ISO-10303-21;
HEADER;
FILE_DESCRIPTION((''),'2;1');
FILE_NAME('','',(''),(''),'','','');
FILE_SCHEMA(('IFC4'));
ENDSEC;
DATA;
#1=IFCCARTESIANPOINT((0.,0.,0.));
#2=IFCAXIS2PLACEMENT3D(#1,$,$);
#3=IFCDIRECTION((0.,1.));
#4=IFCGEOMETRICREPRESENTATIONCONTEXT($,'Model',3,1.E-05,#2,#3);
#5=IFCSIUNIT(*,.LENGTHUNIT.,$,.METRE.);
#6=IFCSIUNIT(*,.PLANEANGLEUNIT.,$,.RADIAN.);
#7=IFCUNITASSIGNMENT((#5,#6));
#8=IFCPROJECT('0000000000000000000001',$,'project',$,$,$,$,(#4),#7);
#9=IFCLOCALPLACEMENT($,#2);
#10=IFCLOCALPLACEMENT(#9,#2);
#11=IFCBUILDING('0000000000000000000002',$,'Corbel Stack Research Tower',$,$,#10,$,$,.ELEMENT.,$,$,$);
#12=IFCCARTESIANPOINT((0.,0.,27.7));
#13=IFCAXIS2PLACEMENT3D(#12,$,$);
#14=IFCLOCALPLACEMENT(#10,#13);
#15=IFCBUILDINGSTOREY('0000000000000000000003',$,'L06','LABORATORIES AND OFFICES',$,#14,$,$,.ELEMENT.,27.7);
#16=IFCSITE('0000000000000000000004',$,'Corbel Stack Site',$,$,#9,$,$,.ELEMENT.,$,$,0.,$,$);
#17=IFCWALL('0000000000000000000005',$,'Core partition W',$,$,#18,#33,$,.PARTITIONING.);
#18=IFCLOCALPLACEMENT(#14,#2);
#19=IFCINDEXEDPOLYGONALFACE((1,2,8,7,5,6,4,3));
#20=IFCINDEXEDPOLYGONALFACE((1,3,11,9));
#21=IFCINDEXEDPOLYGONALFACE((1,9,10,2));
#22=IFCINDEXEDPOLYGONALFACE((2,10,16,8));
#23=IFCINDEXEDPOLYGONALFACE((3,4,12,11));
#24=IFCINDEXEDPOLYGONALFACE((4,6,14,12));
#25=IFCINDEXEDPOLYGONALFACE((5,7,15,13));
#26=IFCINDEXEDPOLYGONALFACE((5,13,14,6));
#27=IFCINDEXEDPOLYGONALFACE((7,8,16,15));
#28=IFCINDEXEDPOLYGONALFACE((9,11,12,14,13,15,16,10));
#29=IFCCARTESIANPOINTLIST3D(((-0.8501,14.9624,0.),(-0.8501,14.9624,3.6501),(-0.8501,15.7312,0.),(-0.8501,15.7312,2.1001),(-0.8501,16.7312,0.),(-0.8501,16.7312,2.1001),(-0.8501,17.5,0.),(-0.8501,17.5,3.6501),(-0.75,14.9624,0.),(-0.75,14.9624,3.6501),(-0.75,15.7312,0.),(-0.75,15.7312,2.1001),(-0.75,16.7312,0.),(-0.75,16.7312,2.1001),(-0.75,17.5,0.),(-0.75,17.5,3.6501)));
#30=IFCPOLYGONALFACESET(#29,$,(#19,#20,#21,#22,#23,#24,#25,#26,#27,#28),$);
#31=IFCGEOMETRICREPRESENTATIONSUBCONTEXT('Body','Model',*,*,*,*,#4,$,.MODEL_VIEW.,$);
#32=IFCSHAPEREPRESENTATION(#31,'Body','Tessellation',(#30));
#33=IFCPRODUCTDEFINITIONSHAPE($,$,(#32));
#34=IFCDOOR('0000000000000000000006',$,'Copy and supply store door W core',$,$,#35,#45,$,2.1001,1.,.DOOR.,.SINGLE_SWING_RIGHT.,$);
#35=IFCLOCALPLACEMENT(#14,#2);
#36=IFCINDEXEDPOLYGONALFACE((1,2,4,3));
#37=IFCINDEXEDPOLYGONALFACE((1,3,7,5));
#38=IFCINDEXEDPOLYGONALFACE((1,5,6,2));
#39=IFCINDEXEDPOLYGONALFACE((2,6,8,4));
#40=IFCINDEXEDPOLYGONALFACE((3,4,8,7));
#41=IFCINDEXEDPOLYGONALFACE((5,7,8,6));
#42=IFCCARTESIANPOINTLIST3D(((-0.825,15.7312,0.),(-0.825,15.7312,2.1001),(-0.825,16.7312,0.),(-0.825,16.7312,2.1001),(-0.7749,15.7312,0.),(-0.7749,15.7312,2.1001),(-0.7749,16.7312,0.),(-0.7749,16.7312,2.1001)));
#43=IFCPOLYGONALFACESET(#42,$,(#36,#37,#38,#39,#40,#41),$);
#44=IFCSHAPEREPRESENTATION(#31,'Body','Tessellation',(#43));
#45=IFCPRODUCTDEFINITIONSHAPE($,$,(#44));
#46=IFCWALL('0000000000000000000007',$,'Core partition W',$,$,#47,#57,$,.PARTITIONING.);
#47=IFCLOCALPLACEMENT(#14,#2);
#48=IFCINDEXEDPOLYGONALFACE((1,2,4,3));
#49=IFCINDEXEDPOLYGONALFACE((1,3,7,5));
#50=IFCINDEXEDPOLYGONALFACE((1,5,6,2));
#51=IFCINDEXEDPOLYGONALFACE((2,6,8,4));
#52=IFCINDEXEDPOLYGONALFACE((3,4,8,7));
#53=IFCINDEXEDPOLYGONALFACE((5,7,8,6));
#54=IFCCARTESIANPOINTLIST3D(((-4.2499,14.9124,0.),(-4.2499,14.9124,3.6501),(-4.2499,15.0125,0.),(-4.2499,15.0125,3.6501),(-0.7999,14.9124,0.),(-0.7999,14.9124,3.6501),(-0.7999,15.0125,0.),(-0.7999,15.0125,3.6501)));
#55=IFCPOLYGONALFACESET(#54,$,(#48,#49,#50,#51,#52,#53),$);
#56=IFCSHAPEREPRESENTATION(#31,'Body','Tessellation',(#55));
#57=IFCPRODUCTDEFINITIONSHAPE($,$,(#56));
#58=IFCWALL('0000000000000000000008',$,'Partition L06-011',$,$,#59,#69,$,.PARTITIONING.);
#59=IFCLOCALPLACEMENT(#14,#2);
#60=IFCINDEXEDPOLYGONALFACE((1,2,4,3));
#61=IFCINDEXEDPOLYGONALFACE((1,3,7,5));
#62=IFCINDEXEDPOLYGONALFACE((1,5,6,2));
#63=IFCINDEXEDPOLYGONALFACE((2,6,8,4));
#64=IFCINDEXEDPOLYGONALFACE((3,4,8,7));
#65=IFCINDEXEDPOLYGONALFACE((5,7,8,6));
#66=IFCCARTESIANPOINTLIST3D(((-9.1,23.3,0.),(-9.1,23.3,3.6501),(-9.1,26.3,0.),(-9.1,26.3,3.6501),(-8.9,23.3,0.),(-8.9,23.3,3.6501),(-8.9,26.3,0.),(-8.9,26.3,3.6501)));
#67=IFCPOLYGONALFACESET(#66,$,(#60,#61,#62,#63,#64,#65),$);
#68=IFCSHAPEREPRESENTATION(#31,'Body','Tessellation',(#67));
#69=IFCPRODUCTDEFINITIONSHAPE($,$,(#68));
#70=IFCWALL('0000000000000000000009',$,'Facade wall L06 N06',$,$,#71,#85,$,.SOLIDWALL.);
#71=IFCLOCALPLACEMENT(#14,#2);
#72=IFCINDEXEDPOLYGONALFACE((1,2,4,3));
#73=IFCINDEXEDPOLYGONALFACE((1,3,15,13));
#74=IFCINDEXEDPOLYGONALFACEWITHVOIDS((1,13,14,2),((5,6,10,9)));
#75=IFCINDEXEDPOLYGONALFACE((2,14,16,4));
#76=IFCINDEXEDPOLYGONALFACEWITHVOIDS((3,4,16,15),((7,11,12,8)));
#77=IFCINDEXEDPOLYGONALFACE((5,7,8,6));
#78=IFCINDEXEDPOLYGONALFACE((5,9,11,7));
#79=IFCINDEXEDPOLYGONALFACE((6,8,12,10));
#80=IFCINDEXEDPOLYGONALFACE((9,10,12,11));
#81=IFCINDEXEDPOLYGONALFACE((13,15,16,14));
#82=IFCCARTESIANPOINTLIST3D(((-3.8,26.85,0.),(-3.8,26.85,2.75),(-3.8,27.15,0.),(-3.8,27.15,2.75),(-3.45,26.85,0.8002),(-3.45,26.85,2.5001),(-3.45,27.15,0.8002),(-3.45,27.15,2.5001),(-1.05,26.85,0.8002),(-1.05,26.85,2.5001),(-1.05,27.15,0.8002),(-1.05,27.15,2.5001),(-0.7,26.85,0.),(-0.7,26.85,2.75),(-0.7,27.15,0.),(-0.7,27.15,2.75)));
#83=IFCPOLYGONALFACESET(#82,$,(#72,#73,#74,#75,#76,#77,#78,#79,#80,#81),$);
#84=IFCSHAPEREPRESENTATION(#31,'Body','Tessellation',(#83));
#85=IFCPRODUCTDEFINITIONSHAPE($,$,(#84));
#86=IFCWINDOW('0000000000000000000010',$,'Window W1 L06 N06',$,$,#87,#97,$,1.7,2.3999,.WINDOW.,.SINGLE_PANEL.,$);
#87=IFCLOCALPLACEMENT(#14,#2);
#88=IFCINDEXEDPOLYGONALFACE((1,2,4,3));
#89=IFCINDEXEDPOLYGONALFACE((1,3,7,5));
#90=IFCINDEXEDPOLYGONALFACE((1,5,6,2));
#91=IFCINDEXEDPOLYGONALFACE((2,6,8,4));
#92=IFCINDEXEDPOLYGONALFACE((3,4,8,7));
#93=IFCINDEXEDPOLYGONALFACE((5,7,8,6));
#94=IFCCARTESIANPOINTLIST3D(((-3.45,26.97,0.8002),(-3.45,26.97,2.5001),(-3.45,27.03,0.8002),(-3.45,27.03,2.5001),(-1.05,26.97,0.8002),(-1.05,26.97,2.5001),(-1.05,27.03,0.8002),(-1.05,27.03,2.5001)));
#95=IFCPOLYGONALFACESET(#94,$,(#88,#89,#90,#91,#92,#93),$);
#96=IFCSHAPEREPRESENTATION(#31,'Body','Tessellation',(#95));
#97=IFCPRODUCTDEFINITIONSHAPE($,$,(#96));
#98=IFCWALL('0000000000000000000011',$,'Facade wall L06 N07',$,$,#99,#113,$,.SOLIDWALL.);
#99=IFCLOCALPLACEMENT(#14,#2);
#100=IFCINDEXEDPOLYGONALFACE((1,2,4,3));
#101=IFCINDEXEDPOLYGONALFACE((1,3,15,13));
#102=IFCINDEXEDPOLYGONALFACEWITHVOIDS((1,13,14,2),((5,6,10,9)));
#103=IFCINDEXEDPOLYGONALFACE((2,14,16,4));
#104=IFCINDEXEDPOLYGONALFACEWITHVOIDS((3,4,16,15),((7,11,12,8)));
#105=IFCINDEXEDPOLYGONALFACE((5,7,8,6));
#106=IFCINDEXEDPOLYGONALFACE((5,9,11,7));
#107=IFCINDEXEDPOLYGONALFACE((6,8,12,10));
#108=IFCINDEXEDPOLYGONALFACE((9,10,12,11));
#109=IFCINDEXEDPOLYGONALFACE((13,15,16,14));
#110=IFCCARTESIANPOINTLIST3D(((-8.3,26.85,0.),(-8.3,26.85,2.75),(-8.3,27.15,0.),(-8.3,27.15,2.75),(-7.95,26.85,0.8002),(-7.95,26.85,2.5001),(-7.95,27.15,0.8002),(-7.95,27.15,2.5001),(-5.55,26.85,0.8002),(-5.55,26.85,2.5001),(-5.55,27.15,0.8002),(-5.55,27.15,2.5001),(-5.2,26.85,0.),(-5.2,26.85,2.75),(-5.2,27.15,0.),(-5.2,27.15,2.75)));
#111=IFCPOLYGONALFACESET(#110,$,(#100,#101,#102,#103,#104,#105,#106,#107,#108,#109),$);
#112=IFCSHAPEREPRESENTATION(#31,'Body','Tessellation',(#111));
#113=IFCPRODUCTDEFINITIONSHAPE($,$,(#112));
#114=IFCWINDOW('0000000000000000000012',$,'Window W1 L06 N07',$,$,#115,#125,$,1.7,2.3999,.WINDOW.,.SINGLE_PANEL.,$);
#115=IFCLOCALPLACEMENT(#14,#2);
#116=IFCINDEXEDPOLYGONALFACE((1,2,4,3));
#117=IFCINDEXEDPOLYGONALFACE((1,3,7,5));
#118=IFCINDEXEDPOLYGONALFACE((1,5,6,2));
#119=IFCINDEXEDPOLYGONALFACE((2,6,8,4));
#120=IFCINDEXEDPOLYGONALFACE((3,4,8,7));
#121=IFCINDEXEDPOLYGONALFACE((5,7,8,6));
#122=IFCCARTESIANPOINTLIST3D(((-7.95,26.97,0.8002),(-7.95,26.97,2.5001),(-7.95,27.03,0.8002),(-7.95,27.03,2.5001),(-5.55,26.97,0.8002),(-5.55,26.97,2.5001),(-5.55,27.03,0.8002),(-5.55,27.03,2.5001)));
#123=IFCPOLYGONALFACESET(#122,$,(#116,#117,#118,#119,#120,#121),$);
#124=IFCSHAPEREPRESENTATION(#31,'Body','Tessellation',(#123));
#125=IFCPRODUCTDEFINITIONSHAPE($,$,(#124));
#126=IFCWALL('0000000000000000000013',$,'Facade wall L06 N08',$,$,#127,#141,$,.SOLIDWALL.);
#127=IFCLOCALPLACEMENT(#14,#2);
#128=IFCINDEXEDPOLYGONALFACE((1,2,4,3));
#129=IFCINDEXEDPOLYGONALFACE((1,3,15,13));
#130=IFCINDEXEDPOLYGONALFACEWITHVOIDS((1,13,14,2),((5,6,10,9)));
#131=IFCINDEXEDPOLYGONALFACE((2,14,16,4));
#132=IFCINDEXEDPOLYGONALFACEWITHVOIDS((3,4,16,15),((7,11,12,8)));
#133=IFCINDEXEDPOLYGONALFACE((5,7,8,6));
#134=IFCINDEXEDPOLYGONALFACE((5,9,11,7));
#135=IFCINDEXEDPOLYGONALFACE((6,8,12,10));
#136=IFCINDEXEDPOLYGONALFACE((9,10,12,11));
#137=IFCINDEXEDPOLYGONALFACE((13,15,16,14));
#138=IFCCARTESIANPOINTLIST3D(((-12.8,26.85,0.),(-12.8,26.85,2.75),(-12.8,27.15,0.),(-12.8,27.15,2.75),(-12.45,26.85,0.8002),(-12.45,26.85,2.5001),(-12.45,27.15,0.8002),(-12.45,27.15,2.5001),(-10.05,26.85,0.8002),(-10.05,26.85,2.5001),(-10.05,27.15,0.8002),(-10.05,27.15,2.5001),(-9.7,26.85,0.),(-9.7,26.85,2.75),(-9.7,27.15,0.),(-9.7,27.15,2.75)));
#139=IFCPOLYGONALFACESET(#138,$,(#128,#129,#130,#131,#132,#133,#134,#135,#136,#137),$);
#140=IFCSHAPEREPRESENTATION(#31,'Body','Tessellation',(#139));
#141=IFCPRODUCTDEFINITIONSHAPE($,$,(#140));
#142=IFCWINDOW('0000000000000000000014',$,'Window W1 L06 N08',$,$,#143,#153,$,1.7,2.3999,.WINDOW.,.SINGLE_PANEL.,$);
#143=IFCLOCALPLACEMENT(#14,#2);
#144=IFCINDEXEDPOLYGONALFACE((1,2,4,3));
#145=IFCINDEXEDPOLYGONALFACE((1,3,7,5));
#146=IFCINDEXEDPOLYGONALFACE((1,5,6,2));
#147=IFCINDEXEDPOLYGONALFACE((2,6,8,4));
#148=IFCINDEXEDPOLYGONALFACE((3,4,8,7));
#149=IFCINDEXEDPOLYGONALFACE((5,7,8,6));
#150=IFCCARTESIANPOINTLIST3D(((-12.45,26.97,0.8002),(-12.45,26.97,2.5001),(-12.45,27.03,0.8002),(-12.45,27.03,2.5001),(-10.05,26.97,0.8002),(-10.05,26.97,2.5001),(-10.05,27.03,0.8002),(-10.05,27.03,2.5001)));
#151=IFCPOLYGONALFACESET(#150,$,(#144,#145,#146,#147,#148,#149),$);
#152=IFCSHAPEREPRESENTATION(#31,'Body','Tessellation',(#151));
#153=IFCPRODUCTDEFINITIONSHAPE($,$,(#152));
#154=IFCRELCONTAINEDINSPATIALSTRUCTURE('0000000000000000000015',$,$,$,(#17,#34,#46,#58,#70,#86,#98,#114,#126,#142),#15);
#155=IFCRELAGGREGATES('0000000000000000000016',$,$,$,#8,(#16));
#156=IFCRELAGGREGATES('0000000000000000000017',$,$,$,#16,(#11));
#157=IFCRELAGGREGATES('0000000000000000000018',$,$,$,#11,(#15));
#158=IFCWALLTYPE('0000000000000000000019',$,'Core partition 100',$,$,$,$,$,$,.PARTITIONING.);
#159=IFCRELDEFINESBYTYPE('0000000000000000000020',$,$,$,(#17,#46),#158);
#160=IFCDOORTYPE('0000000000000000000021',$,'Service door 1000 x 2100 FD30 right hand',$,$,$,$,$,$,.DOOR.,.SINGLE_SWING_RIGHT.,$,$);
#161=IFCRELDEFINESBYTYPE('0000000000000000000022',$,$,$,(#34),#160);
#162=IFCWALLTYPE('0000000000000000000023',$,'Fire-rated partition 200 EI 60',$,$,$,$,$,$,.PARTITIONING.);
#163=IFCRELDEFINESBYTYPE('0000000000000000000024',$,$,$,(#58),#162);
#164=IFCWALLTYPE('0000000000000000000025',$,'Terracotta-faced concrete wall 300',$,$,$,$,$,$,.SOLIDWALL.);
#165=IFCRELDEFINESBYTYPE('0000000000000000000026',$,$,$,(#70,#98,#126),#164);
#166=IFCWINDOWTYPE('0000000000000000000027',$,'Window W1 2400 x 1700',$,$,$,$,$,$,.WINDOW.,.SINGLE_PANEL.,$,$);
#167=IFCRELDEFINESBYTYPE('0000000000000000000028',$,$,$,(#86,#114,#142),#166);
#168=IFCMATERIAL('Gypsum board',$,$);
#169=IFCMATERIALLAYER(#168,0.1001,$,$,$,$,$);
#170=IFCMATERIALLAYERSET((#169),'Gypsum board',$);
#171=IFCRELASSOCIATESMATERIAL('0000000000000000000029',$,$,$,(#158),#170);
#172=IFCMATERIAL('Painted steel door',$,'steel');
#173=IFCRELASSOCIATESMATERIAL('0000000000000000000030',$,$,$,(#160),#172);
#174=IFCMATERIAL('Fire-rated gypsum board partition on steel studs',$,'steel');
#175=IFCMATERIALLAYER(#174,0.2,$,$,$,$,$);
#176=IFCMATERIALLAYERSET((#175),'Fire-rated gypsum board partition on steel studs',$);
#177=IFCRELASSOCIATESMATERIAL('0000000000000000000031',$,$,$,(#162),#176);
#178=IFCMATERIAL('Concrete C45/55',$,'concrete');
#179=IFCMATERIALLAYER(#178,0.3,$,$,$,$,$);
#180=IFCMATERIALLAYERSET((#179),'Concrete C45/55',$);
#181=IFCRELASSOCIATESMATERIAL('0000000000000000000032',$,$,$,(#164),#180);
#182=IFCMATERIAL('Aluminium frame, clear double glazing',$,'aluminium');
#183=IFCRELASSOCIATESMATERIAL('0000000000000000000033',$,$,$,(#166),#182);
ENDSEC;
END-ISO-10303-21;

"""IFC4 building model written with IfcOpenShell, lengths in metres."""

from ifc_helpers import new_model, si_unit, direction, frame, frame_2d, origin, place, context, subcontext, project, spatial, rectangle, extrude, material, layer, layer_set, type_object, element, fill, save


model = new_model("IFC4")

# Units and contexts
model_context = context("Model", 3, precision=1e-05, world=origin(), true_north=direction((0.0, 1.0)))
body_context = subcontext(model_context, "Body", "Model", "MODEL_VIEW")
ifc_project = project(units=[si_unit("LENGTHUNIT", "METRE"), si_unit("PLANEANGLEUNIT", "RADIAN")], contexts=[model_context])

# Site, building, storey
site_placement = place(None, origin())
site = spatial("IfcSite", under=ifc_project, at=site_placement, Name="Corbel Stack Site", CompositionType="ELEMENT", RefElevation=0.0)
building_placement = place(site_placement, origin())
building = spatial("IfcBuilding", under=site, at=building_placement, Name="Corbel Stack Research Tower", CompositionType="ELEMENT")
storey_placement = place(building_placement, frame((0.0, 0.0, 27.7)))
storey = spatial("IfcBuildingStorey", under=building, at=storey_placement, Name="L06", Description="LABORATORIES AND OFFICES", CompositionType="ELEMENT", Elevation=27.7)

# Wall, opening, door
ifc_material_1 = material(Name="Gypsum board")
ifc_layer_1 = layer(ifc_material_1, 0.1001)
ifc_layer_set_1 = layer_set([ifc_layer_1], Name="Gypsum board")
wall_type_1 = type_object("IfcWallType", Name="Core partition 100", PredefinedType="PARTITIONING", material=ifc_layer_set_1)
wall_1_placement = place(storey_placement, frame((-0.8, 14.9624, 0.0), z_axis=(0.0, 0.0, 1.0), x_axis=(0.0, 1.0, 0.0)))
wall_1 = element("IfcWall", 1, at=wall_1_placement, inside=storey, type_object=wall_type_1, Name="Core partition W", PredefinedType="PARTITIONING", context=body_context, shape_type="SweptSolid", body=[
    extrude(rectangle(XDim=2.5376, YDim=0.1001, at=frame_2d((1.2688, 0.0))), origin(), (0.0, 0.0, 1.0), 3.6501),
])
opening_1_placement = place(wall_1_placement, frame((0.7688, 0.0, 0.0)))
opening_1 = element("IfcOpeningElement", 2, at=opening_1_placement, cuts=wall_1, PredefinedType="OPENING", context=body_context, shape_type="SweptSolid", body=[
    extrude(rectangle(XDim=1.0, YDim=2.1001, at=frame_2d((0.5, 1.05))), frame((0.0, 0.0601, 0.0), z_axis=(0.0, -1.0, 0.0), x_axis=(1.0, 0.0, 0.0)), (0.0, 0.0, 1.0), 0.1201),
])
ifc_material_2 = material(Name="Painted steel door", Category="steel")
door_type_1 = type_object("IfcDoorType", Name="Service door 1000 x 2100 FD30 right hand", OperationType="SINGLE_SWING_RIGHT", PredefinedType="DOOR", material=ifc_material_2)
door_1_placement = place(opening_1_placement, origin())
door_1 = element("IfcDoor", 3, at=door_1_placement, inside=storey, type_object=door_type_1, Name="Copy and supply store door W core", OperationType="SINGLE_SWING_RIGHT", OverallHeight=2.1001, OverallWidth=1.0, PredefinedType="DOOR", context=body_context, shape_type="SweptSolid", body=[
    extrude(rectangle(XDim=1.0, YDim=2.1001, at=frame_2d((0.5, 1.05))), frame((0.0, 0.0249, 0.0), z_axis=(0.0, -1.0, 0.0), x_axis=(1.0, 0.0, 0.0)), (0.0, 0.0, 1.0), 0.05),
])
fill(opening_1, door_1)

# Walls
wall_2_placement = place(storey_placement, frame((-4.25, 14.9624, 0.0), z_axis=(0.0, 0.0, 1.0), x_axis=(1.0, 0.0, 0.0)))
element("IfcWall", 4, at=wall_2_placement, inside=storey, type_object=wall_type_1, Name="Core partition W", PredefinedType="PARTITIONING", context=body_context, shape_type="SweptSolid", body=[
    extrude(rectangle(XDim=3.45, YDim=0.1001, at=frame_2d((1.7251, 0.0))), origin(), (0.0, 0.0, 1.0), 3.6501),
])
ifc_material_3 = material(Name="Fire-rated gypsum board partition on steel studs", Category="steel")
ifc_layer_2 = layer(ifc_material_3, 0.2)
ifc_layer_set_2 = layer_set([ifc_layer_2], Name="Fire-rated gypsum board partition on steel studs")
wall_type_2 = type_object("IfcWallType", Name="Fire-rated partition 200 EI 60", PredefinedType="PARTITIONING", material=ifc_layer_set_2)
wall_3_placement = place(storey_placement, frame((-9.0, 23.3, 0.0), z_axis=(0.0, 0.0, 1.0), x_axis=(0.0, 1.0, 0.0)))
element("IfcWall", 5, at=wall_3_placement, inside=storey, type_object=wall_type_2, Name="Partition L06-011", PredefinedType="PARTITIONING", context=body_context, shape_type="SweptSolid", body=[
    extrude(rectangle(XDim=3.0, YDim=0.2, at=frame_2d((1.5, 0.0))), origin(), (0.0, 0.0, 1.0), 3.6501),
])

# Walls, openings, windows
ifc_material_4 = material(Name="Concrete C45/55", Category="concrete")
ifc_layer_3 = layer(ifc_material_4, 0.3)
ifc_layer_set_3 = layer_set([ifc_layer_3], Name="Concrete C45/55")
wall_type_3 = type_object("IfcWallType", Name="Terracotta-faced concrete wall 300", PredefinedType="SOLIDWALL", material=ifc_layer_set_3)
wall_4_placement = place(storey_placement, frame((-3.8, 27.0, 0.0), z_axis=(0.0, 0.0, 1.0), x_axis=(1.0, 0.0, 0.0)))
wall_4 = element("IfcWall", 6, at=wall_4_placement, inside=storey, type_object=wall_type_3, Name="Facade wall L06 N06", PredefinedType="SOLIDWALL", context=body_context, shape_type="SweptSolid", body=[
    extrude(rectangle(XDim=3.1001, YDim=0.3, at=frame_2d((1.55, 0.0))), origin(), (0.0, 0.0, 1.0), 2.75),
])
opening_2_placement = place(wall_4_placement, frame((0.3501, 0.0, 0.8)))
opening_2 = element("IfcOpeningElement", 7, at=opening_2_placement, cuts=wall_4, PredefinedType="OPENING", context=body_context, shape_type="SweptSolid", body=[
    extrude(rectangle(XDim=2.3999, YDim=1.7, at=frame_2d((1.2, 0.8501))), frame((0.0, 0.1599, 0.0), z_axis=(0.0, -1.0, 0.0), x_axis=(1.0, 0.0, 0.0)), (0.0, 0.0, 1.0), 0.3201),
])
ifc_material_5 = material(Name="Aluminium frame, clear double glazing", Category="aluminium")
window_type = type_object("IfcWindowType", Name="Window W1 2400 x 1700", PartitioningType="SINGLE_PANEL", PredefinedType="WINDOW", material=ifc_material_5)
window_1_placement = place(opening_2_placement, origin())
window_1 = element("IfcWindow", 8, at=window_1_placement, inside=storey, type_object=window_type, Name="Window W1 L06 N06", OverallHeight=1.7, OverallWidth=2.3999, PartitioningType="SINGLE_PANEL", PredefinedType="WINDOW", context=body_context, shape_type="SweptSolid", body=[
    extrude(rectangle(XDim=2.3999, YDim=1.7, at=frame_2d((1.2, 0.8501))), frame((0.0, 0.03, 0.0), z_axis=(0.0, -1.0, 0.0), x_axis=(1.0, 0.0, 0.0)), (0.0, 0.0, 1.0), 0.0601),
])
fill(opening_2, window_1)
wall_5_placement = place(storey_placement, frame((-8.3, 27.0, 0.0), z_axis=(0.0, 0.0, 1.0), x_axis=(1.0, 0.0, 0.0)))
wall_5 = element("IfcWall", 9, at=wall_5_placement, inside=storey, type_object=wall_type_3, Name="Facade wall L06 N07", PredefinedType="SOLIDWALL", context=body_context, shape_type="SweptSolid", body=[
    extrude(rectangle(XDim=3.1001, YDim=0.3, at=frame_2d((1.55, 0.0))), origin(), (0.0, 0.0, 1.0), 2.75),
])
opening_3_placement = place(wall_5_placement, frame((0.3501, 0.0, 0.8)))
opening_3 = element("IfcOpeningElement", 10, at=opening_3_placement, cuts=wall_5, PredefinedType="OPENING", context=body_context, shape_type="SweptSolid", body=[
    extrude(rectangle(XDim=2.3999, YDim=1.7, at=frame_2d((1.2, 0.8501))), frame((0.0, 0.1599, 0.0), z_axis=(0.0, -1.0, 0.0), x_axis=(1.0, 0.0, 0.0)), (0.0, 0.0, 1.0), 0.3201),
])
window_2_placement = place(opening_3_placement, origin())
window_2 = element("IfcWindow", 11, at=window_2_placement, inside=storey, type_object=window_type, Name="Window W1 L06 N07", OverallHeight=1.7, OverallWidth=2.3999, PartitioningType="SINGLE_PANEL", PredefinedType="WINDOW", context=body_context, shape_type="SweptSolid", body=[
    extrude(rectangle(XDim=2.3999, YDim=1.7, at=frame_2d((1.2, 0.8501))), frame((0.0, 0.03, 0.0), z_axis=(0.0, -1.0, 0.0), x_axis=(1.0, 0.0, 0.0)), (0.0, 0.0, 1.0), 0.0601),
])
fill(opening_3, window_2)
wall_6_placement = place(storey_placement, frame((-12.8, 27.0, 0.0), z_axis=(0.0, 0.0, 1.0), x_axis=(1.0, 0.0, 0.0)))
wall_6 = element("IfcWall", 12, at=wall_6_placement, inside=storey, type_object=wall_type_3, Name="Facade wall L06 N08", PredefinedType="SOLIDWALL", context=body_context, shape_type="SweptSolid", body=[
    extrude(rectangle(XDim=3.1001, YDim=0.3, at=frame_2d((1.55, 0.0))), origin(), (0.0, 0.0, 1.0), 2.75),
])
opening_4_placement = place(wall_6_placement, frame((0.3501, 0.0, 0.8)))
opening_4 = element("IfcOpeningElement", 13, at=opening_4_placement, cuts=wall_6, PredefinedType="OPENING", context=body_context, shape_type="SweptSolid", body=[
    extrude(rectangle(XDim=2.3999, YDim=1.7, at=frame_2d((1.2, 0.8501))), frame((0.0, 0.1599, 0.0), z_axis=(0.0, -1.0, 0.0), x_axis=(1.0, 0.0, 0.0)), (0.0, 0.0, 1.0), 0.3201),
])
window_3_placement = place(opening_4_placement, origin())
window_3 = element("IfcWindow", 14, at=window_3_placement, inside=storey, type_object=window_type, Name="Window W1 L06 N08", OverallHeight=1.7, OverallWidth=2.3999, PartitioningType="SINGLE_PANEL", PredefinedType="WINDOW", context=body_context, shape_type="SweptSolid", body=[
    extrude(rectangle(XDim=2.3999, YDim=1.7, at=frame_2d((1.2, 0.8501))), frame((0.0, 0.03, 0.0), z_axis=(0.0, -1.0, 0.0), x_axis=(1.0, 0.0, 0.0)), (0.0, 0.0, 1.0), 0.0601),
])
fill(opening_4, window_3)

save(model, "model.ifc")
